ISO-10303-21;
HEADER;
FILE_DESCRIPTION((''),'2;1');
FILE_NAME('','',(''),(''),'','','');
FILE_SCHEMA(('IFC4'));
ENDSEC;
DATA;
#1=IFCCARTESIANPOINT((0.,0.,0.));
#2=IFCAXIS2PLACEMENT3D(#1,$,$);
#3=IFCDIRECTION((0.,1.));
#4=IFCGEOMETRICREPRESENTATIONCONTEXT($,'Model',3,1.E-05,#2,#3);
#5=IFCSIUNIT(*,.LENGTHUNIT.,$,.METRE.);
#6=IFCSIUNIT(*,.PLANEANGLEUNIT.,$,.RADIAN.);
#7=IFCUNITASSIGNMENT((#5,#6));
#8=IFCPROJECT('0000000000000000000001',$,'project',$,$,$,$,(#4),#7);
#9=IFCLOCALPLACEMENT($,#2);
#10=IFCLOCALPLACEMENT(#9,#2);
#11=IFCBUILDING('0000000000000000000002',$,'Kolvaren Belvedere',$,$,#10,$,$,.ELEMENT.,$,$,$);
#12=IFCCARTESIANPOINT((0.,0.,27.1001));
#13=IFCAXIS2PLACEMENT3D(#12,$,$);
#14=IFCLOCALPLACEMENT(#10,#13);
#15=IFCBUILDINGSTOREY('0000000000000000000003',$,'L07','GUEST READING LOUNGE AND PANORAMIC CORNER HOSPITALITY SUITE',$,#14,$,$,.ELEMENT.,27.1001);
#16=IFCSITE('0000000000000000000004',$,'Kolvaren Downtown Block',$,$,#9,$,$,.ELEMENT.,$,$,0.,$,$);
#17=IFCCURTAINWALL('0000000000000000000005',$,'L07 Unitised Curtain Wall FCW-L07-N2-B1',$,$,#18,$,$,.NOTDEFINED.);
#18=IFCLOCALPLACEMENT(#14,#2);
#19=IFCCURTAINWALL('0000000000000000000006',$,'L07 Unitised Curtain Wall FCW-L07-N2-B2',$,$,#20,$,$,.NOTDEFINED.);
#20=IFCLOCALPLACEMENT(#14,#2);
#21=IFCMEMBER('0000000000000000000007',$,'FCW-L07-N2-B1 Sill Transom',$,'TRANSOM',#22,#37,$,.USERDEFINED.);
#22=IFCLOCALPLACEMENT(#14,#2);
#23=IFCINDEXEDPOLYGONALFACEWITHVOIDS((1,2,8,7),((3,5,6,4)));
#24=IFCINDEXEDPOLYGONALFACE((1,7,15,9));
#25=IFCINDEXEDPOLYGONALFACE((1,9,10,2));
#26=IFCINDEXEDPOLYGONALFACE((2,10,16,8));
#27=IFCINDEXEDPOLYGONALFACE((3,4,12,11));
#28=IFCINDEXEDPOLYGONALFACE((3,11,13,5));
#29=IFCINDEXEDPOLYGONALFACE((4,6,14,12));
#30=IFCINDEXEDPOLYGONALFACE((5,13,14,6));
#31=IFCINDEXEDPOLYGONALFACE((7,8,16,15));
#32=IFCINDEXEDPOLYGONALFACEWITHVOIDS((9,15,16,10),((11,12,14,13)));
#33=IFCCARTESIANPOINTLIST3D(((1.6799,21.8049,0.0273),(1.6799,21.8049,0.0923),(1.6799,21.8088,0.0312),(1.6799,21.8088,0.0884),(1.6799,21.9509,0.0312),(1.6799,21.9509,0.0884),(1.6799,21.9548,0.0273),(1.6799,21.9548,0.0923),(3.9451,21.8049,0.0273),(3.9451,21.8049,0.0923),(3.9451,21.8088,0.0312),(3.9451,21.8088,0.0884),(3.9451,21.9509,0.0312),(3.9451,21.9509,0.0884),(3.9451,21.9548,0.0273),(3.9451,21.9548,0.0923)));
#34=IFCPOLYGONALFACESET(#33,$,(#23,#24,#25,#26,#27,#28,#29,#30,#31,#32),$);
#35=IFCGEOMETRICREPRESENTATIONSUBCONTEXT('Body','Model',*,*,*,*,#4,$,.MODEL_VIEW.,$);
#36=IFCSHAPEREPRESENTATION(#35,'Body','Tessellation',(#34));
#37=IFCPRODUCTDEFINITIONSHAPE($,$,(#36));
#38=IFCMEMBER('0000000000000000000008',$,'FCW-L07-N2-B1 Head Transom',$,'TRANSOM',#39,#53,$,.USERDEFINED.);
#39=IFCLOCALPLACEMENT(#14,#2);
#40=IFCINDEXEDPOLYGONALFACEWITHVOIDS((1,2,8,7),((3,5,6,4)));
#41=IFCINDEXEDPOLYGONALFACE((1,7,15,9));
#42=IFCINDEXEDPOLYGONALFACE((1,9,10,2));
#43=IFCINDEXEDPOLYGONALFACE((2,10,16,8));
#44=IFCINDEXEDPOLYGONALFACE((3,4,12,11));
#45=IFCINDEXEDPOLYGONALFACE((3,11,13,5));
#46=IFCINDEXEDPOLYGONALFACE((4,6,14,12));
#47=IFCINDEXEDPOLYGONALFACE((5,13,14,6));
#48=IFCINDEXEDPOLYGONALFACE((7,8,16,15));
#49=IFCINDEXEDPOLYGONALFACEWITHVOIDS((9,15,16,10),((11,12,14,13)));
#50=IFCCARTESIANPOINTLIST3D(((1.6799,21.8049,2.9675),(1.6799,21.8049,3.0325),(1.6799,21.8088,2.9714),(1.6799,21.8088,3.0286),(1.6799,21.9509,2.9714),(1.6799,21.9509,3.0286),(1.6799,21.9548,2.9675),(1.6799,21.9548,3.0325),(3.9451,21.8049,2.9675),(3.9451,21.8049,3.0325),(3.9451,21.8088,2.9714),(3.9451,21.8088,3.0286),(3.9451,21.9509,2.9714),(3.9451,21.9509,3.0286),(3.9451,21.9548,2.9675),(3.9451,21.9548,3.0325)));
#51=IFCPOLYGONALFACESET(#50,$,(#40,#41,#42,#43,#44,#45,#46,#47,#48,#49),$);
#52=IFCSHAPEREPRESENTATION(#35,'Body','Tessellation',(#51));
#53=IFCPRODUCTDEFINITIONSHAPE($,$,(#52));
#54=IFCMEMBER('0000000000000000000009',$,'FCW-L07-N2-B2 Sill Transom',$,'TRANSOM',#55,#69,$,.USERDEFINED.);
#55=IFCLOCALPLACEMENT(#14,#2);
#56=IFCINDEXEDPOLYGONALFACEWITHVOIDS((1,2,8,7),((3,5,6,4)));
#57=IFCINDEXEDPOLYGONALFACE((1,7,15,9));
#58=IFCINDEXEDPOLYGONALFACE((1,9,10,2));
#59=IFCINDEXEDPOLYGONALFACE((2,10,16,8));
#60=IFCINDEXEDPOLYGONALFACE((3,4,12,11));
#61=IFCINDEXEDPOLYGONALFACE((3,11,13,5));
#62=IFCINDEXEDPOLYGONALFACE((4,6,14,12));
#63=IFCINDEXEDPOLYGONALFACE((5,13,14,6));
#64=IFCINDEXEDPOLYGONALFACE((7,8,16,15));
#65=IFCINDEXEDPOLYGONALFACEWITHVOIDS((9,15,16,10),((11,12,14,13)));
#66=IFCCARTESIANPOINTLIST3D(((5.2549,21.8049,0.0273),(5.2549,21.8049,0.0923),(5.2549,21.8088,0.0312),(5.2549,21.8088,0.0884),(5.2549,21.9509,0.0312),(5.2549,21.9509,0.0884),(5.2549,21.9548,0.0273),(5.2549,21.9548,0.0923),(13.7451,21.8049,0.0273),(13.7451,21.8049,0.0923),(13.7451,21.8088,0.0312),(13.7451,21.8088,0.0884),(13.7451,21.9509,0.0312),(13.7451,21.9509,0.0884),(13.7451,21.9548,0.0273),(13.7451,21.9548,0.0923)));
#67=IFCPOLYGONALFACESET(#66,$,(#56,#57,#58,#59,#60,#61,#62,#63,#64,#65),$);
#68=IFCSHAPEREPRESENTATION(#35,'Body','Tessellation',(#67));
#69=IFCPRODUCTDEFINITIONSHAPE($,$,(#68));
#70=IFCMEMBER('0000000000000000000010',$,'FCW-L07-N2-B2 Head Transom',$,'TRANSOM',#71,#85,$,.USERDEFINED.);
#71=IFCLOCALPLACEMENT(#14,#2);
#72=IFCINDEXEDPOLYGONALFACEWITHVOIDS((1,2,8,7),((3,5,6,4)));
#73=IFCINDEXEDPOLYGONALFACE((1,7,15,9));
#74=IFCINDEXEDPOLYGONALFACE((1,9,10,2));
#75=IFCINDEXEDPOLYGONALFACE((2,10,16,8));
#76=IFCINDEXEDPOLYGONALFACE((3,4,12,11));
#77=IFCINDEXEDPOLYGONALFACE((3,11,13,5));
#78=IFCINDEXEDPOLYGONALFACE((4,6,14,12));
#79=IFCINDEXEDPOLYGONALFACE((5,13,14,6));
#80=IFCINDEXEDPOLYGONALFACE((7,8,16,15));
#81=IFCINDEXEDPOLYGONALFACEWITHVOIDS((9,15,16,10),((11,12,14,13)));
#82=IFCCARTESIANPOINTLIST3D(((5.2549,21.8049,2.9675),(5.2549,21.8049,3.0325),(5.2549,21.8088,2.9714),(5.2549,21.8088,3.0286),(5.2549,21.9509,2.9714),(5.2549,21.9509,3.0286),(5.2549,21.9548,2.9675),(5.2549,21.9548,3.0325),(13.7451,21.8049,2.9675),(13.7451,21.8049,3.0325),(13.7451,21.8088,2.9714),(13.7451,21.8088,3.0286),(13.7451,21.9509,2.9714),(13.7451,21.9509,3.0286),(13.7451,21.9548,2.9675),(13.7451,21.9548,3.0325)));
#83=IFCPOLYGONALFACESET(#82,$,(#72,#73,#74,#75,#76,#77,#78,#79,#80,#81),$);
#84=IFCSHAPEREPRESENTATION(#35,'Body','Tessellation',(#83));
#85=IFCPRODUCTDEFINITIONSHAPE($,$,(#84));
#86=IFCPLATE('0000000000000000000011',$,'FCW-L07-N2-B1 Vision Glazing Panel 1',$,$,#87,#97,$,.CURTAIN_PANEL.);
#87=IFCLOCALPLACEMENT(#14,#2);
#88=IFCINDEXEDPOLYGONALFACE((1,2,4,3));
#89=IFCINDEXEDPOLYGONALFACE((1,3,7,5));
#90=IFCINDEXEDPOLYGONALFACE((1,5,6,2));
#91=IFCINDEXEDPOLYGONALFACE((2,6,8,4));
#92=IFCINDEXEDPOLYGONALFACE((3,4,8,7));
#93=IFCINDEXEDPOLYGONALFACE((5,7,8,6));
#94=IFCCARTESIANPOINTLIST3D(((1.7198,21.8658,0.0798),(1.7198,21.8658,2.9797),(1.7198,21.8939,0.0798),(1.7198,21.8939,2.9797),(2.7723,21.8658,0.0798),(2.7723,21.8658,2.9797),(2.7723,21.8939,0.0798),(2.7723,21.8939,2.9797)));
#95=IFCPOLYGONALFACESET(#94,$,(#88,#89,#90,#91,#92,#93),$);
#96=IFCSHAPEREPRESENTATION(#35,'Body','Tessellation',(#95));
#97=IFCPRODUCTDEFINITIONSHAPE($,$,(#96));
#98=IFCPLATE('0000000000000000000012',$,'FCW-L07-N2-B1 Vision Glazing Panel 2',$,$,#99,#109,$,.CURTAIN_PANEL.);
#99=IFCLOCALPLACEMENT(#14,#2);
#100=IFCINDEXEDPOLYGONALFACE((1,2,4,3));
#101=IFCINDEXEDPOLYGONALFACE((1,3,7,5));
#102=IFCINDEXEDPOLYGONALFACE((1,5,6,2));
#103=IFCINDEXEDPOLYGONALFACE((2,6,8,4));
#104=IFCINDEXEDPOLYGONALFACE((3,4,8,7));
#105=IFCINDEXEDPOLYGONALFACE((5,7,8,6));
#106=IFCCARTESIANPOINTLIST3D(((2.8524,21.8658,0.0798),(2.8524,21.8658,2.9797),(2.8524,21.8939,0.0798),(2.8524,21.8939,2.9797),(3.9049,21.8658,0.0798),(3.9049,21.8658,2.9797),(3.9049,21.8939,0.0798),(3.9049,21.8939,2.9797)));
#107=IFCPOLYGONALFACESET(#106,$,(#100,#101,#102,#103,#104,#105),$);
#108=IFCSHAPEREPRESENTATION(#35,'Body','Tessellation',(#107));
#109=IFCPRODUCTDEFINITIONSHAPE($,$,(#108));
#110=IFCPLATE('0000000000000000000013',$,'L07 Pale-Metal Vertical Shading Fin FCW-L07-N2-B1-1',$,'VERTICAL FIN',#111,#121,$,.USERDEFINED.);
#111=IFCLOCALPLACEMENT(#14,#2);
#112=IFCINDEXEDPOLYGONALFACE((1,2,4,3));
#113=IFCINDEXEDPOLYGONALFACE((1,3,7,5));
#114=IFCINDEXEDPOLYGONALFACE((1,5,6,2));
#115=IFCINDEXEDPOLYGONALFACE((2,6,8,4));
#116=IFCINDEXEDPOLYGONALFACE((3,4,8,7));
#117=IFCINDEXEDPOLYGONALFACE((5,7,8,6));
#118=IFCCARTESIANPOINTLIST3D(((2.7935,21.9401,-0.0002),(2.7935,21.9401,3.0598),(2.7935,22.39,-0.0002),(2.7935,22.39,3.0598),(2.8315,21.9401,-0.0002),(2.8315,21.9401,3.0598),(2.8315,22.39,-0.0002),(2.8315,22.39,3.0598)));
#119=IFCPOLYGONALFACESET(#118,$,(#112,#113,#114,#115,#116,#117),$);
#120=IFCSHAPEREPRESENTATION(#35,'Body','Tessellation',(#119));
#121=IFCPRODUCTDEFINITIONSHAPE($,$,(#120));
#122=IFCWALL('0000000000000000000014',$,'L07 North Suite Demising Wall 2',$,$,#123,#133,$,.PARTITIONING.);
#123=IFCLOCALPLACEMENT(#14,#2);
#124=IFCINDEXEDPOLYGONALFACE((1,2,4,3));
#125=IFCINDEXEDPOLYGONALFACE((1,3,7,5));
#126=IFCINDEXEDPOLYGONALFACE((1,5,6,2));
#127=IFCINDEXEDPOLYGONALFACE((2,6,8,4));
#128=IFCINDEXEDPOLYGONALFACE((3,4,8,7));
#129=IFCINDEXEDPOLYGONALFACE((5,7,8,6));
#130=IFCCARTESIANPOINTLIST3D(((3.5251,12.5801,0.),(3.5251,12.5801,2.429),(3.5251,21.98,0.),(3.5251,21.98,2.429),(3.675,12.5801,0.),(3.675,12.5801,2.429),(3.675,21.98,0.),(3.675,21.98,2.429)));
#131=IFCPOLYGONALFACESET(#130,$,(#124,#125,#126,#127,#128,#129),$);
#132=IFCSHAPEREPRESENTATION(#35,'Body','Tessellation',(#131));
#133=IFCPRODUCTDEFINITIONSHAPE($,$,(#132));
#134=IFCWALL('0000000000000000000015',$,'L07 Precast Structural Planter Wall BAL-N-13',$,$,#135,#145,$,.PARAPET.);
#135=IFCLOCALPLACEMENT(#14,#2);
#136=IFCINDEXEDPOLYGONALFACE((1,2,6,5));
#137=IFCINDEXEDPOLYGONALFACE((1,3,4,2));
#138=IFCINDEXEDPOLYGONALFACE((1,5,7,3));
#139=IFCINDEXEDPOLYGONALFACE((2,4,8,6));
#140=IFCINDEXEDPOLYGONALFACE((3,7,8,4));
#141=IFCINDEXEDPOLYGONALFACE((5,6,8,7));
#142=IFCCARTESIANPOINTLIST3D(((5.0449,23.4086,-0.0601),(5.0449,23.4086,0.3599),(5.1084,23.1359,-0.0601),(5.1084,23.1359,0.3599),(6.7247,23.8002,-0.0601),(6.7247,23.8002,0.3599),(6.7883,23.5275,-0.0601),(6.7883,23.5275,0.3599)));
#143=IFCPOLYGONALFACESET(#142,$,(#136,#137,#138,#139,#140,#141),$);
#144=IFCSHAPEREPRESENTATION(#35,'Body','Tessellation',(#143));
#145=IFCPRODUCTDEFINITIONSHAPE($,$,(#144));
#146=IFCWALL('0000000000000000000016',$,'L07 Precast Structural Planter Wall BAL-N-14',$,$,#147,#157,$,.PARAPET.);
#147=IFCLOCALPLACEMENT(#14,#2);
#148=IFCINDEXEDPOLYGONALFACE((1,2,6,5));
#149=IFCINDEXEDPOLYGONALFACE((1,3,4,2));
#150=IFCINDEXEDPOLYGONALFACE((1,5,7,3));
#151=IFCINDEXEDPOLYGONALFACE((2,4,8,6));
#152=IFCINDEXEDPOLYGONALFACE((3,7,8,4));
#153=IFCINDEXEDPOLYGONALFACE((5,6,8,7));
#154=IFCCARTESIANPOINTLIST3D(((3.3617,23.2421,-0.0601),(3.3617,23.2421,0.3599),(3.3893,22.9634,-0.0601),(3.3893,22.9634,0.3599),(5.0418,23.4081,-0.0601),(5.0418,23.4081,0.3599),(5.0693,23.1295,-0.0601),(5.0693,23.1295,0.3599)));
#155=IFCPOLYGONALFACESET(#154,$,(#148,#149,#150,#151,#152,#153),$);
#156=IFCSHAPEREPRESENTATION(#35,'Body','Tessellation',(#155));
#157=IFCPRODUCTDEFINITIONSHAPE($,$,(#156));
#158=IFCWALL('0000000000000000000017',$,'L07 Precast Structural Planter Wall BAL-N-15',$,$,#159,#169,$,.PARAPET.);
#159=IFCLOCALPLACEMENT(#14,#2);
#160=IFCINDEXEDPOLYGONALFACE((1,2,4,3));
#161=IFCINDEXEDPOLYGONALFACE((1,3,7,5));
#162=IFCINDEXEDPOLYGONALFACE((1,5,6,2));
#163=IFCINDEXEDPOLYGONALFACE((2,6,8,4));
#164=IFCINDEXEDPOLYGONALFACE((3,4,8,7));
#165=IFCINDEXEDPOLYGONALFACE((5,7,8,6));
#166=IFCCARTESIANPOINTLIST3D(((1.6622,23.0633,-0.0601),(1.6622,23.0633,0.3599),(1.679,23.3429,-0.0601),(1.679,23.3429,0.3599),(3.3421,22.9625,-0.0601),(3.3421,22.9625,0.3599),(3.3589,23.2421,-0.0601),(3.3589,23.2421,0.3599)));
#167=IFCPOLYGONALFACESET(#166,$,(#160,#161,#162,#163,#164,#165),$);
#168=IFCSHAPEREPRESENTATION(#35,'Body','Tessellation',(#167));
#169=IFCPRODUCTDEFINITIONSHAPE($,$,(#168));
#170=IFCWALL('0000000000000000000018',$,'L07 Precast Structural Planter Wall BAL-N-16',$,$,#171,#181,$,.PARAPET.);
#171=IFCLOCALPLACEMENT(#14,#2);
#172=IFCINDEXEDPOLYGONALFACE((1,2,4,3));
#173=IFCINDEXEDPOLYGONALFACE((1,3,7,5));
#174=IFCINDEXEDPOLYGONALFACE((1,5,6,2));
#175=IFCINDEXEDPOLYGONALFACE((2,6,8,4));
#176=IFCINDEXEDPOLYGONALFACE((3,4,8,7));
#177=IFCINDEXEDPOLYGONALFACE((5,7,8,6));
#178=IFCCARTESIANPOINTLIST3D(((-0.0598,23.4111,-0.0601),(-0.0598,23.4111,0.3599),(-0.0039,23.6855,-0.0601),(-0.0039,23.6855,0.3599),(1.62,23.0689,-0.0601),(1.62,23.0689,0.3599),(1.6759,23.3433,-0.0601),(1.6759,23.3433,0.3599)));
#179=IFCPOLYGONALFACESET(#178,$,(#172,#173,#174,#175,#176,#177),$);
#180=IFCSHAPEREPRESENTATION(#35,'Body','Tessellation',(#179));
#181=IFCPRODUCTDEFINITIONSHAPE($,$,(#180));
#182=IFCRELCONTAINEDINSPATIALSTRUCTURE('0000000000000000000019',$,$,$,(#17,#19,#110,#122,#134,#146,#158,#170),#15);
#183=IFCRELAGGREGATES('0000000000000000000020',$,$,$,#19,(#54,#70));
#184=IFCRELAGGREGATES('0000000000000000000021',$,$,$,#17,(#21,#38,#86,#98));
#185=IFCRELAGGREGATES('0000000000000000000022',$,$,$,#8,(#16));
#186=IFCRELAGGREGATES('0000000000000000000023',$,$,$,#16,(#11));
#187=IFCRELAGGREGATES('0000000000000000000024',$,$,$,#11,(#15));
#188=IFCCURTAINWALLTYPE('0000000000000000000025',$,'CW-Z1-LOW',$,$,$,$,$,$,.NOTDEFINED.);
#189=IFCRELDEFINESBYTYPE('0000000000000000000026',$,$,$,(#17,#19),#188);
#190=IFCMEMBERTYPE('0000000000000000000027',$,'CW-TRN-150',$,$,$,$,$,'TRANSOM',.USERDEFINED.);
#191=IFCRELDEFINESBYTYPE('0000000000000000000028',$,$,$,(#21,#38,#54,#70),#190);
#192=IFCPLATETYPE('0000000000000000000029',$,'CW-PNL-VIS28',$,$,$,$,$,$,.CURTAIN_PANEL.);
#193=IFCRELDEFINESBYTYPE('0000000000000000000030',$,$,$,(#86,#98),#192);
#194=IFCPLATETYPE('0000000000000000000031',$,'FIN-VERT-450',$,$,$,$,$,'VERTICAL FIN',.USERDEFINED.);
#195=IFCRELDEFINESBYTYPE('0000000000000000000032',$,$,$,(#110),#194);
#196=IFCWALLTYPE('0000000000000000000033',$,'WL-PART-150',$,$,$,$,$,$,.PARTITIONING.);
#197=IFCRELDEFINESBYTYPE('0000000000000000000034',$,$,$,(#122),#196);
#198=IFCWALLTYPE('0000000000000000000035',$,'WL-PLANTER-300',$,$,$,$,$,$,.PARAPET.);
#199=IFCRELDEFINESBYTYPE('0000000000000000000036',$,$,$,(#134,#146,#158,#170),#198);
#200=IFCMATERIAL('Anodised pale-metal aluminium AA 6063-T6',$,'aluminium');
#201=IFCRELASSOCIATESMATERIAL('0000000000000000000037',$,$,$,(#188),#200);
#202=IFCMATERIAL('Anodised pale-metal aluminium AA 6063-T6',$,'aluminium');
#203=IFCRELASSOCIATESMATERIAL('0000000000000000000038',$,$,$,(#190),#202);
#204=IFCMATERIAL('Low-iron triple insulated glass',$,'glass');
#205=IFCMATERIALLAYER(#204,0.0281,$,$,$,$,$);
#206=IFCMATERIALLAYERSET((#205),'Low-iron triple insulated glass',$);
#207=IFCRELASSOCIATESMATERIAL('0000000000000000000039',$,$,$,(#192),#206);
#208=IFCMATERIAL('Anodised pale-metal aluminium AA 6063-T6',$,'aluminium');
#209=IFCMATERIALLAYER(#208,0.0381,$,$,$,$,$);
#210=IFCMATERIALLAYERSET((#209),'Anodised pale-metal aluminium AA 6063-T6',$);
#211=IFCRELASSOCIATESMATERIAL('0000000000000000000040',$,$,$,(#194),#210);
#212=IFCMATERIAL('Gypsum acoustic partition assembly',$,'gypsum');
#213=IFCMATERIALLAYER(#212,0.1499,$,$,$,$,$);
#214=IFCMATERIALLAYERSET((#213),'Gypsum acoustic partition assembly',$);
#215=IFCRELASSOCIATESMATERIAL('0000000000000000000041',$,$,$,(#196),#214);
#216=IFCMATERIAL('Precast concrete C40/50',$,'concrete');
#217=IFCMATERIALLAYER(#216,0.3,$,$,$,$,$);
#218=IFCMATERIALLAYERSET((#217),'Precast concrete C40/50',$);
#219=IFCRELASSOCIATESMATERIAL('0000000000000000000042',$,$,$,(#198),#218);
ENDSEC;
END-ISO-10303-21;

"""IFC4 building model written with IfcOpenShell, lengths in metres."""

from ifc_helpers import new_model, si_unit, direction, frame, frame_2d, origin, origin_2d, place, context, subcontext, project, spatial, rectangle, hollow_rectangle, extrude, material, layer, layer_set, material_profile, profile_set, type_object, element, aggregate, save


model = new_model("IFC4")

# Units and contexts
model_context = context("Model", 3, precision=1e-05, world=origin(), true_north=direction((0.0, 1.0)))
body_context = subcontext(model_context, "Body", "Model", "MODEL_VIEW")
ifc_project = project(units=[si_unit("LENGTHUNIT", "METRE"), si_unit("PLANEANGLEUNIT", "RADIAN")], contexts=[model_context])

# Site, building, storey
site_placement = place(None, origin())
site = spatial("IfcSite", under=ifc_project, at=site_placement, Name="Kolvaren Downtown Block", CompositionType="ELEMENT", RefElevation=0.0)
building_placement = place(site_placement, origin())
building = spatial("IfcBuilding", under=site, at=building_placement, Name="Kolvaren Belvedere", CompositionType="ELEMENT")
storey_placement = place(building_placement, frame((0.0, 0.0, 27.1001)))
storey = spatial("IfcBuildingStorey", under=building, at=storey_placement, Name="L07", Description="GUEST READING LOUNGE AND PANORAMIC CORNER HOSPITALITY SUITE", CompositionType="ELEMENT", Elevation=27.1001)

# Curtain wall
ifc_material_1 = material(Name="Anodised pale-metal aluminium AA 6063-T6", Category="aluminium")
curtain_wall_type = type_object("IfcCurtainWallType", Name="CW-Z1-LOW", PredefinedType="NOTDEFINED", material=ifc_material_1)
curtain_wall_1_placement = place(storey_placement, origin())
curtain_wall_1 = element("IfcCurtainWall", 1, at=curtain_wall_1_placement, inside=storey, type_object=curtain_wall_type, Name="L07 Unitised Curtain Wall FCW-L07-N2-B1", PredefinedType="NOTDEFINED")

# Curtain wall
curtain_wall_2_placement = place(storey_placement, origin())
curtain_wall_2 = element("IfcCurtainWall", 2, at=curtain_wall_2_placement, inside=storey, type_object=curtain_wall_type, Name="L07 Unitised Curtain Wall FCW-L07-N2-B2", PredefinedType="NOTDEFINED")

# Members
ifc_material_2 = material(Name="Anodised pale-metal aluminium AA 6063-T6", Category="aluminium")
ifc_material_profile_1 = material_profile(ifc_material_2, hollow_rectangle(XDim=0.0649, YDim=0.1499, WallThickness=0.0039, at=origin_2d()), Name="ALU-TRN-150X65")
ifc_profile_set_1 = profile_set([ifc_material_profile_1], Name="Anodised pale-metal aluminium AA 6063-T6")
member_type_1 = type_object("IfcMemberType", Name="CW-TRN-150", ElementType="TRANSOM", PredefinedType="USERDEFINED", material=ifc_profile_set_1)
member_1_placement = place(storey_placement, frame((1.6799, 21.8799, 0.0598), z_axis=(1.0, 0.0, 0.0), x_axis=(0.0, 0.0, 1.0)))
member_1 = element("IfcMember", 3, at=member_1_placement, type_object=member_type_1, Name="FCW-L07-N2-B1 Sill Transom", ObjectType="TRANSOM", PredefinedType="USERDEFINED", context=body_context, shape_type="SweptSolid", body=[
    extrude(hollow_rectangle(XDim=0.0649, YDim=0.1499, WallThickness=0.0039, at=origin_2d()), origin(), (0.0, 0.0, 1.0), 2.2651),
])
member_2_placement = place(storey_placement, frame((1.6799, 21.8799, 3.0), z_axis=(1.0, 0.0, 0.0), x_axis=(0.0, 0.0, 1.0)))
member_2 = element("IfcMember", 4, at=member_2_placement, type_object=member_type_1, Name="FCW-L07-N2-B1 Head Transom", ObjectType="TRANSOM", PredefinedType="USERDEFINED", context=body_context, shape_type="SweptSolid", body=[
    extrude(hollow_rectangle(XDim=0.0649, YDim=0.1499, WallThickness=0.0039, at=origin_2d()), origin(), (0.0, 0.0, 1.0), 2.2651),
])
member_3_placement = place(storey_placement, frame((5.2549, 21.8799, 0.0598), z_axis=(1.0, 0.0, 0.0), x_axis=(0.0, 0.0, 1.0)))
member_3 = element("IfcMember", 5, at=member_3_placement, type_object=member_type_1, Name="FCW-L07-N2-B2 Sill Transom", ObjectType="TRANSOM", PredefinedType="USERDEFINED", context=body_context, shape_type="SweptSolid", body=[
    extrude(hollow_rectangle(XDim=0.0649, YDim=0.1499, WallThickness=0.0039, at=origin_2d()), origin(), (0.0, 0.0, 1.0), 8.4902),
])
member_4_placement = place(storey_placement, frame((5.2549, 21.8799, 3.0), z_axis=(1.0, 0.0, 0.0), x_axis=(0.0, 0.0, 1.0)))
member_4 = element("IfcMember", 6, at=member_4_placement, type_object=member_type_1, Name="FCW-L07-N2-B2 Head Transom", ObjectType="TRANSOM", PredefinedType="USERDEFINED", context=body_context, shape_type="SweptSolid", body=[
    extrude(hollow_rectangle(XDim=0.0649, YDim=0.1499, WallThickness=0.0039, at=origin_2d()), origin(), (0.0, 0.0, 1.0), 8.4902),
])
aggregate(curtain_wall_2, [member_3, member_4])

# Plates
ifc_material_3 = material(Name="Low-iron triple insulated glass", Category="glass")
ifc_layer_1 = layer(ifc_material_3, 0.0281)
ifc_layer_set_1 = layer_set([ifc_layer_1], Name="Low-iron triple insulated glass")
plate_type_1 = type_object("IfcPlateType", Name="CW-PNL-VIS28", PredefinedType="CURTAIN_PANEL", material=ifc_layer_set_1)
plate_1_placement = place(storey_placement, frame((2.2461, 21.8799, 0.0798), z_axis=(0.0, 0.0, 1.0), x_axis=(1.0, 0.0, 0.0)))
plate_1 = element("IfcPlate", 7, at=plate_1_placement, type_object=plate_type_1, Name="FCW-L07-N2-B1 Vision Glazing Panel 1", PredefinedType="CURTAIN_PANEL", context=body_context, shape_type="SweptSolid", body=[
    extrude(rectangle(XDim=1.0525, YDim=0.0281, at=origin_2d()), origin(), (0.0, 0.0, 1.0), 2.8999),
])
plate_2_placement = place(storey_placement, frame((3.3787, 21.8799, 0.0798), z_axis=(0.0, 0.0, 1.0), x_axis=(1.0, 0.0, 0.0)))
plate_2 = element("IfcPlate", 8, at=plate_2_placement, type_object=plate_type_1, Name="FCW-L07-N2-B1 Vision Glazing Panel 2", PredefinedType="CURTAIN_PANEL", context=body_context, shape_type="SweptSolid", body=[
    extrude(rectangle(XDim=1.0525, YDim=0.0281, at=origin_2d()), origin(), (0.0, 0.0, 1.0), 2.8999),
])
aggregate(curtain_wall_1, [member_1, member_2, plate_1, plate_2])
ifc_material_4 = material(Name="Anodised pale-metal aluminium AA 6063-T6", Category="aluminium")
ifc_layer_2 = layer(ifc_material_4, 0.0381)
ifc_layer_set_2 = layer_set([ifc_layer_2], Name="Anodised pale-metal aluminium AA 6063-T6")
plate_type_2 = type_object("IfcPlateType", Name="FIN-VERT-450", ElementType="VERTICAL FIN", PredefinedType="USERDEFINED", material=ifc_layer_set_2)
plate_3_placement = place(storey_placement, frame((2.8125, 22.165, -0.0002), z_axis=(0.0, 0.0, 1.0), x_axis=(0.0, 1.0, 0.0)))
element("IfcPlate", 9, at=plate_3_placement, inside=storey, type_object=plate_type_2, Name="L07 Pale-Metal Vertical Shading Fin FCW-L07-N2-B1-1", ObjectType="VERTICAL FIN", PredefinedType="USERDEFINED", context=body_context, shape_type="SweptSolid", body=[
    extrude(rectangle(XDim=0.45, YDim=0.0381, at=origin_2d()), origin(), (0.0, 0.0, 1.0), 3.0601),
])

# Walls
ifc_material_5 = material(Name="Gypsum acoustic partition assembly", Category="gypsum")
ifc_layer_3 = layer(ifc_material_5, 0.1499)
ifc_layer_set_3 = layer_set([ifc_layer_3], Name="Gypsum acoustic partition assembly")
wall_type_1 = type_object("IfcWallType", Name="WL-PART-150", PredefinedType="PARTITIONING", material=ifc_layer_set_3)
wall_1_placement = place(storey_placement, frame((3.6001, 12.5801, 0.0), z_axis=(0.0, 0.0, 1.0), x_axis=(0.0, 1.0, 0.0)))
element("IfcWall", 10, at=wall_1_placement, inside=storey, type_object=wall_type_1, Name="L07 North Suite Demising Wall 2", PredefinedType="PARTITIONING", context=body_context, shape_type="SweptSolid", body=[
    extrude(rectangle(XDim=9.3999, YDim=0.1499, at=frame_2d((4.7, 0.0))), origin(), (0.0, 0.0, 1.0), 2.429),
])
ifc_material_6 = material(Name="Precast concrete C40/50", Category="concrete")
ifc_layer_4 = layer(ifc_material_6, 0.3)
ifc_layer_set_4 = layer_set([ifc_layer_4], Name="Precast concrete C40/50")
wall_type_2 = type_object("IfcWallType", Name="WL-PLANTER-300", PredefinedType="PARAPET", material=ifc_layer_set_4)
wall_2_placement = place(storey_placement, frame((6.7563, 23.6638, -0.0601), z_axis=(0.0, 0.0, 1.0), x_axis=(-0.97389, -0.227019, 0.0)))
element("IfcWall", 11, at=wall_2_placement, inside=storey, type_object=wall_type_2, Name="L07 Precast Structural Planter Wall BAL-N-13", PredefinedType="PARAPET", context=body_context, shape_type="SweptSolid", body=[
    extrude(rectangle(XDim=1.7249, YDim=0.28, at=frame_2d((0.8623, 0.0))), origin(), (0.0, 0.0, 1.0), 0.4199),
])
wall_3_placement = place(storey_placement, frame((5.0557, 23.2688, -0.0601), z_axis=(0.0, 0.0, 1.0), x_axis=(-0.995152, -0.098344, 0.0)))
element("IfcWall", 12, at=wall_3_placement, inside=storey, type_object=wall_type_2, Name="L07 Precast Structural Planter Wall BAL-N-14", PredefinedType="PARAPET", context=body_context, shape_type="SweptSolid", body=[
    extrude(rectangle(XDim=1.6882, YDim=0.28, at=frame_2d((0.8442, 0.0))), origin(), (0.0, 0.0, 1.0), 0.4199),
])
wall_4_placement = place(storey_placement, frame((3.3503, 23.1023, -0.0601), z_axis=(0.0, 0.0, 1.0), x_axis=(-0.998204, 0.059913, 0.0)))
element("IfcWall", 13, at=wall_4_placement, inside=storey, type_object=wall_type_2, Name="L07 Precast Structural Planter Wall BAL-N-15", PredefinedType="PARAPET", context=body_context, shape_type="SweptSolid", body=[
    extrude(rectangle(XDim=1.6829, YDim=0.28, at=frame_2d((0.8413, 0.0))), origin(), (0.0, 0.0, 1.0), 0.4199),
])
wall_5_placement = place(storey_placement, frame((1.6479, 23.2061, -0.0601), z_axis=(0.0, 0.0, 1.0), x_axis=(-0.979868, 0.199648, 0.0)))
element("IfcWall", 14, at=wall_5_placement, inside=storey, type_object=wall_type_2, Name="L07 Precast Structural Planter Wall BAL-N-16", PredefinedType="PARAPET", context=body_context, shape_type="SweptSolid", body=[
    extrude(rectangle(XDim=1.7144, YDim=0.28, at=frame_2d((0.8572, 0.0))), origin(), (0.0, 0.0, 1.0), 0.4199),
])

save(model, "model.ifc")
